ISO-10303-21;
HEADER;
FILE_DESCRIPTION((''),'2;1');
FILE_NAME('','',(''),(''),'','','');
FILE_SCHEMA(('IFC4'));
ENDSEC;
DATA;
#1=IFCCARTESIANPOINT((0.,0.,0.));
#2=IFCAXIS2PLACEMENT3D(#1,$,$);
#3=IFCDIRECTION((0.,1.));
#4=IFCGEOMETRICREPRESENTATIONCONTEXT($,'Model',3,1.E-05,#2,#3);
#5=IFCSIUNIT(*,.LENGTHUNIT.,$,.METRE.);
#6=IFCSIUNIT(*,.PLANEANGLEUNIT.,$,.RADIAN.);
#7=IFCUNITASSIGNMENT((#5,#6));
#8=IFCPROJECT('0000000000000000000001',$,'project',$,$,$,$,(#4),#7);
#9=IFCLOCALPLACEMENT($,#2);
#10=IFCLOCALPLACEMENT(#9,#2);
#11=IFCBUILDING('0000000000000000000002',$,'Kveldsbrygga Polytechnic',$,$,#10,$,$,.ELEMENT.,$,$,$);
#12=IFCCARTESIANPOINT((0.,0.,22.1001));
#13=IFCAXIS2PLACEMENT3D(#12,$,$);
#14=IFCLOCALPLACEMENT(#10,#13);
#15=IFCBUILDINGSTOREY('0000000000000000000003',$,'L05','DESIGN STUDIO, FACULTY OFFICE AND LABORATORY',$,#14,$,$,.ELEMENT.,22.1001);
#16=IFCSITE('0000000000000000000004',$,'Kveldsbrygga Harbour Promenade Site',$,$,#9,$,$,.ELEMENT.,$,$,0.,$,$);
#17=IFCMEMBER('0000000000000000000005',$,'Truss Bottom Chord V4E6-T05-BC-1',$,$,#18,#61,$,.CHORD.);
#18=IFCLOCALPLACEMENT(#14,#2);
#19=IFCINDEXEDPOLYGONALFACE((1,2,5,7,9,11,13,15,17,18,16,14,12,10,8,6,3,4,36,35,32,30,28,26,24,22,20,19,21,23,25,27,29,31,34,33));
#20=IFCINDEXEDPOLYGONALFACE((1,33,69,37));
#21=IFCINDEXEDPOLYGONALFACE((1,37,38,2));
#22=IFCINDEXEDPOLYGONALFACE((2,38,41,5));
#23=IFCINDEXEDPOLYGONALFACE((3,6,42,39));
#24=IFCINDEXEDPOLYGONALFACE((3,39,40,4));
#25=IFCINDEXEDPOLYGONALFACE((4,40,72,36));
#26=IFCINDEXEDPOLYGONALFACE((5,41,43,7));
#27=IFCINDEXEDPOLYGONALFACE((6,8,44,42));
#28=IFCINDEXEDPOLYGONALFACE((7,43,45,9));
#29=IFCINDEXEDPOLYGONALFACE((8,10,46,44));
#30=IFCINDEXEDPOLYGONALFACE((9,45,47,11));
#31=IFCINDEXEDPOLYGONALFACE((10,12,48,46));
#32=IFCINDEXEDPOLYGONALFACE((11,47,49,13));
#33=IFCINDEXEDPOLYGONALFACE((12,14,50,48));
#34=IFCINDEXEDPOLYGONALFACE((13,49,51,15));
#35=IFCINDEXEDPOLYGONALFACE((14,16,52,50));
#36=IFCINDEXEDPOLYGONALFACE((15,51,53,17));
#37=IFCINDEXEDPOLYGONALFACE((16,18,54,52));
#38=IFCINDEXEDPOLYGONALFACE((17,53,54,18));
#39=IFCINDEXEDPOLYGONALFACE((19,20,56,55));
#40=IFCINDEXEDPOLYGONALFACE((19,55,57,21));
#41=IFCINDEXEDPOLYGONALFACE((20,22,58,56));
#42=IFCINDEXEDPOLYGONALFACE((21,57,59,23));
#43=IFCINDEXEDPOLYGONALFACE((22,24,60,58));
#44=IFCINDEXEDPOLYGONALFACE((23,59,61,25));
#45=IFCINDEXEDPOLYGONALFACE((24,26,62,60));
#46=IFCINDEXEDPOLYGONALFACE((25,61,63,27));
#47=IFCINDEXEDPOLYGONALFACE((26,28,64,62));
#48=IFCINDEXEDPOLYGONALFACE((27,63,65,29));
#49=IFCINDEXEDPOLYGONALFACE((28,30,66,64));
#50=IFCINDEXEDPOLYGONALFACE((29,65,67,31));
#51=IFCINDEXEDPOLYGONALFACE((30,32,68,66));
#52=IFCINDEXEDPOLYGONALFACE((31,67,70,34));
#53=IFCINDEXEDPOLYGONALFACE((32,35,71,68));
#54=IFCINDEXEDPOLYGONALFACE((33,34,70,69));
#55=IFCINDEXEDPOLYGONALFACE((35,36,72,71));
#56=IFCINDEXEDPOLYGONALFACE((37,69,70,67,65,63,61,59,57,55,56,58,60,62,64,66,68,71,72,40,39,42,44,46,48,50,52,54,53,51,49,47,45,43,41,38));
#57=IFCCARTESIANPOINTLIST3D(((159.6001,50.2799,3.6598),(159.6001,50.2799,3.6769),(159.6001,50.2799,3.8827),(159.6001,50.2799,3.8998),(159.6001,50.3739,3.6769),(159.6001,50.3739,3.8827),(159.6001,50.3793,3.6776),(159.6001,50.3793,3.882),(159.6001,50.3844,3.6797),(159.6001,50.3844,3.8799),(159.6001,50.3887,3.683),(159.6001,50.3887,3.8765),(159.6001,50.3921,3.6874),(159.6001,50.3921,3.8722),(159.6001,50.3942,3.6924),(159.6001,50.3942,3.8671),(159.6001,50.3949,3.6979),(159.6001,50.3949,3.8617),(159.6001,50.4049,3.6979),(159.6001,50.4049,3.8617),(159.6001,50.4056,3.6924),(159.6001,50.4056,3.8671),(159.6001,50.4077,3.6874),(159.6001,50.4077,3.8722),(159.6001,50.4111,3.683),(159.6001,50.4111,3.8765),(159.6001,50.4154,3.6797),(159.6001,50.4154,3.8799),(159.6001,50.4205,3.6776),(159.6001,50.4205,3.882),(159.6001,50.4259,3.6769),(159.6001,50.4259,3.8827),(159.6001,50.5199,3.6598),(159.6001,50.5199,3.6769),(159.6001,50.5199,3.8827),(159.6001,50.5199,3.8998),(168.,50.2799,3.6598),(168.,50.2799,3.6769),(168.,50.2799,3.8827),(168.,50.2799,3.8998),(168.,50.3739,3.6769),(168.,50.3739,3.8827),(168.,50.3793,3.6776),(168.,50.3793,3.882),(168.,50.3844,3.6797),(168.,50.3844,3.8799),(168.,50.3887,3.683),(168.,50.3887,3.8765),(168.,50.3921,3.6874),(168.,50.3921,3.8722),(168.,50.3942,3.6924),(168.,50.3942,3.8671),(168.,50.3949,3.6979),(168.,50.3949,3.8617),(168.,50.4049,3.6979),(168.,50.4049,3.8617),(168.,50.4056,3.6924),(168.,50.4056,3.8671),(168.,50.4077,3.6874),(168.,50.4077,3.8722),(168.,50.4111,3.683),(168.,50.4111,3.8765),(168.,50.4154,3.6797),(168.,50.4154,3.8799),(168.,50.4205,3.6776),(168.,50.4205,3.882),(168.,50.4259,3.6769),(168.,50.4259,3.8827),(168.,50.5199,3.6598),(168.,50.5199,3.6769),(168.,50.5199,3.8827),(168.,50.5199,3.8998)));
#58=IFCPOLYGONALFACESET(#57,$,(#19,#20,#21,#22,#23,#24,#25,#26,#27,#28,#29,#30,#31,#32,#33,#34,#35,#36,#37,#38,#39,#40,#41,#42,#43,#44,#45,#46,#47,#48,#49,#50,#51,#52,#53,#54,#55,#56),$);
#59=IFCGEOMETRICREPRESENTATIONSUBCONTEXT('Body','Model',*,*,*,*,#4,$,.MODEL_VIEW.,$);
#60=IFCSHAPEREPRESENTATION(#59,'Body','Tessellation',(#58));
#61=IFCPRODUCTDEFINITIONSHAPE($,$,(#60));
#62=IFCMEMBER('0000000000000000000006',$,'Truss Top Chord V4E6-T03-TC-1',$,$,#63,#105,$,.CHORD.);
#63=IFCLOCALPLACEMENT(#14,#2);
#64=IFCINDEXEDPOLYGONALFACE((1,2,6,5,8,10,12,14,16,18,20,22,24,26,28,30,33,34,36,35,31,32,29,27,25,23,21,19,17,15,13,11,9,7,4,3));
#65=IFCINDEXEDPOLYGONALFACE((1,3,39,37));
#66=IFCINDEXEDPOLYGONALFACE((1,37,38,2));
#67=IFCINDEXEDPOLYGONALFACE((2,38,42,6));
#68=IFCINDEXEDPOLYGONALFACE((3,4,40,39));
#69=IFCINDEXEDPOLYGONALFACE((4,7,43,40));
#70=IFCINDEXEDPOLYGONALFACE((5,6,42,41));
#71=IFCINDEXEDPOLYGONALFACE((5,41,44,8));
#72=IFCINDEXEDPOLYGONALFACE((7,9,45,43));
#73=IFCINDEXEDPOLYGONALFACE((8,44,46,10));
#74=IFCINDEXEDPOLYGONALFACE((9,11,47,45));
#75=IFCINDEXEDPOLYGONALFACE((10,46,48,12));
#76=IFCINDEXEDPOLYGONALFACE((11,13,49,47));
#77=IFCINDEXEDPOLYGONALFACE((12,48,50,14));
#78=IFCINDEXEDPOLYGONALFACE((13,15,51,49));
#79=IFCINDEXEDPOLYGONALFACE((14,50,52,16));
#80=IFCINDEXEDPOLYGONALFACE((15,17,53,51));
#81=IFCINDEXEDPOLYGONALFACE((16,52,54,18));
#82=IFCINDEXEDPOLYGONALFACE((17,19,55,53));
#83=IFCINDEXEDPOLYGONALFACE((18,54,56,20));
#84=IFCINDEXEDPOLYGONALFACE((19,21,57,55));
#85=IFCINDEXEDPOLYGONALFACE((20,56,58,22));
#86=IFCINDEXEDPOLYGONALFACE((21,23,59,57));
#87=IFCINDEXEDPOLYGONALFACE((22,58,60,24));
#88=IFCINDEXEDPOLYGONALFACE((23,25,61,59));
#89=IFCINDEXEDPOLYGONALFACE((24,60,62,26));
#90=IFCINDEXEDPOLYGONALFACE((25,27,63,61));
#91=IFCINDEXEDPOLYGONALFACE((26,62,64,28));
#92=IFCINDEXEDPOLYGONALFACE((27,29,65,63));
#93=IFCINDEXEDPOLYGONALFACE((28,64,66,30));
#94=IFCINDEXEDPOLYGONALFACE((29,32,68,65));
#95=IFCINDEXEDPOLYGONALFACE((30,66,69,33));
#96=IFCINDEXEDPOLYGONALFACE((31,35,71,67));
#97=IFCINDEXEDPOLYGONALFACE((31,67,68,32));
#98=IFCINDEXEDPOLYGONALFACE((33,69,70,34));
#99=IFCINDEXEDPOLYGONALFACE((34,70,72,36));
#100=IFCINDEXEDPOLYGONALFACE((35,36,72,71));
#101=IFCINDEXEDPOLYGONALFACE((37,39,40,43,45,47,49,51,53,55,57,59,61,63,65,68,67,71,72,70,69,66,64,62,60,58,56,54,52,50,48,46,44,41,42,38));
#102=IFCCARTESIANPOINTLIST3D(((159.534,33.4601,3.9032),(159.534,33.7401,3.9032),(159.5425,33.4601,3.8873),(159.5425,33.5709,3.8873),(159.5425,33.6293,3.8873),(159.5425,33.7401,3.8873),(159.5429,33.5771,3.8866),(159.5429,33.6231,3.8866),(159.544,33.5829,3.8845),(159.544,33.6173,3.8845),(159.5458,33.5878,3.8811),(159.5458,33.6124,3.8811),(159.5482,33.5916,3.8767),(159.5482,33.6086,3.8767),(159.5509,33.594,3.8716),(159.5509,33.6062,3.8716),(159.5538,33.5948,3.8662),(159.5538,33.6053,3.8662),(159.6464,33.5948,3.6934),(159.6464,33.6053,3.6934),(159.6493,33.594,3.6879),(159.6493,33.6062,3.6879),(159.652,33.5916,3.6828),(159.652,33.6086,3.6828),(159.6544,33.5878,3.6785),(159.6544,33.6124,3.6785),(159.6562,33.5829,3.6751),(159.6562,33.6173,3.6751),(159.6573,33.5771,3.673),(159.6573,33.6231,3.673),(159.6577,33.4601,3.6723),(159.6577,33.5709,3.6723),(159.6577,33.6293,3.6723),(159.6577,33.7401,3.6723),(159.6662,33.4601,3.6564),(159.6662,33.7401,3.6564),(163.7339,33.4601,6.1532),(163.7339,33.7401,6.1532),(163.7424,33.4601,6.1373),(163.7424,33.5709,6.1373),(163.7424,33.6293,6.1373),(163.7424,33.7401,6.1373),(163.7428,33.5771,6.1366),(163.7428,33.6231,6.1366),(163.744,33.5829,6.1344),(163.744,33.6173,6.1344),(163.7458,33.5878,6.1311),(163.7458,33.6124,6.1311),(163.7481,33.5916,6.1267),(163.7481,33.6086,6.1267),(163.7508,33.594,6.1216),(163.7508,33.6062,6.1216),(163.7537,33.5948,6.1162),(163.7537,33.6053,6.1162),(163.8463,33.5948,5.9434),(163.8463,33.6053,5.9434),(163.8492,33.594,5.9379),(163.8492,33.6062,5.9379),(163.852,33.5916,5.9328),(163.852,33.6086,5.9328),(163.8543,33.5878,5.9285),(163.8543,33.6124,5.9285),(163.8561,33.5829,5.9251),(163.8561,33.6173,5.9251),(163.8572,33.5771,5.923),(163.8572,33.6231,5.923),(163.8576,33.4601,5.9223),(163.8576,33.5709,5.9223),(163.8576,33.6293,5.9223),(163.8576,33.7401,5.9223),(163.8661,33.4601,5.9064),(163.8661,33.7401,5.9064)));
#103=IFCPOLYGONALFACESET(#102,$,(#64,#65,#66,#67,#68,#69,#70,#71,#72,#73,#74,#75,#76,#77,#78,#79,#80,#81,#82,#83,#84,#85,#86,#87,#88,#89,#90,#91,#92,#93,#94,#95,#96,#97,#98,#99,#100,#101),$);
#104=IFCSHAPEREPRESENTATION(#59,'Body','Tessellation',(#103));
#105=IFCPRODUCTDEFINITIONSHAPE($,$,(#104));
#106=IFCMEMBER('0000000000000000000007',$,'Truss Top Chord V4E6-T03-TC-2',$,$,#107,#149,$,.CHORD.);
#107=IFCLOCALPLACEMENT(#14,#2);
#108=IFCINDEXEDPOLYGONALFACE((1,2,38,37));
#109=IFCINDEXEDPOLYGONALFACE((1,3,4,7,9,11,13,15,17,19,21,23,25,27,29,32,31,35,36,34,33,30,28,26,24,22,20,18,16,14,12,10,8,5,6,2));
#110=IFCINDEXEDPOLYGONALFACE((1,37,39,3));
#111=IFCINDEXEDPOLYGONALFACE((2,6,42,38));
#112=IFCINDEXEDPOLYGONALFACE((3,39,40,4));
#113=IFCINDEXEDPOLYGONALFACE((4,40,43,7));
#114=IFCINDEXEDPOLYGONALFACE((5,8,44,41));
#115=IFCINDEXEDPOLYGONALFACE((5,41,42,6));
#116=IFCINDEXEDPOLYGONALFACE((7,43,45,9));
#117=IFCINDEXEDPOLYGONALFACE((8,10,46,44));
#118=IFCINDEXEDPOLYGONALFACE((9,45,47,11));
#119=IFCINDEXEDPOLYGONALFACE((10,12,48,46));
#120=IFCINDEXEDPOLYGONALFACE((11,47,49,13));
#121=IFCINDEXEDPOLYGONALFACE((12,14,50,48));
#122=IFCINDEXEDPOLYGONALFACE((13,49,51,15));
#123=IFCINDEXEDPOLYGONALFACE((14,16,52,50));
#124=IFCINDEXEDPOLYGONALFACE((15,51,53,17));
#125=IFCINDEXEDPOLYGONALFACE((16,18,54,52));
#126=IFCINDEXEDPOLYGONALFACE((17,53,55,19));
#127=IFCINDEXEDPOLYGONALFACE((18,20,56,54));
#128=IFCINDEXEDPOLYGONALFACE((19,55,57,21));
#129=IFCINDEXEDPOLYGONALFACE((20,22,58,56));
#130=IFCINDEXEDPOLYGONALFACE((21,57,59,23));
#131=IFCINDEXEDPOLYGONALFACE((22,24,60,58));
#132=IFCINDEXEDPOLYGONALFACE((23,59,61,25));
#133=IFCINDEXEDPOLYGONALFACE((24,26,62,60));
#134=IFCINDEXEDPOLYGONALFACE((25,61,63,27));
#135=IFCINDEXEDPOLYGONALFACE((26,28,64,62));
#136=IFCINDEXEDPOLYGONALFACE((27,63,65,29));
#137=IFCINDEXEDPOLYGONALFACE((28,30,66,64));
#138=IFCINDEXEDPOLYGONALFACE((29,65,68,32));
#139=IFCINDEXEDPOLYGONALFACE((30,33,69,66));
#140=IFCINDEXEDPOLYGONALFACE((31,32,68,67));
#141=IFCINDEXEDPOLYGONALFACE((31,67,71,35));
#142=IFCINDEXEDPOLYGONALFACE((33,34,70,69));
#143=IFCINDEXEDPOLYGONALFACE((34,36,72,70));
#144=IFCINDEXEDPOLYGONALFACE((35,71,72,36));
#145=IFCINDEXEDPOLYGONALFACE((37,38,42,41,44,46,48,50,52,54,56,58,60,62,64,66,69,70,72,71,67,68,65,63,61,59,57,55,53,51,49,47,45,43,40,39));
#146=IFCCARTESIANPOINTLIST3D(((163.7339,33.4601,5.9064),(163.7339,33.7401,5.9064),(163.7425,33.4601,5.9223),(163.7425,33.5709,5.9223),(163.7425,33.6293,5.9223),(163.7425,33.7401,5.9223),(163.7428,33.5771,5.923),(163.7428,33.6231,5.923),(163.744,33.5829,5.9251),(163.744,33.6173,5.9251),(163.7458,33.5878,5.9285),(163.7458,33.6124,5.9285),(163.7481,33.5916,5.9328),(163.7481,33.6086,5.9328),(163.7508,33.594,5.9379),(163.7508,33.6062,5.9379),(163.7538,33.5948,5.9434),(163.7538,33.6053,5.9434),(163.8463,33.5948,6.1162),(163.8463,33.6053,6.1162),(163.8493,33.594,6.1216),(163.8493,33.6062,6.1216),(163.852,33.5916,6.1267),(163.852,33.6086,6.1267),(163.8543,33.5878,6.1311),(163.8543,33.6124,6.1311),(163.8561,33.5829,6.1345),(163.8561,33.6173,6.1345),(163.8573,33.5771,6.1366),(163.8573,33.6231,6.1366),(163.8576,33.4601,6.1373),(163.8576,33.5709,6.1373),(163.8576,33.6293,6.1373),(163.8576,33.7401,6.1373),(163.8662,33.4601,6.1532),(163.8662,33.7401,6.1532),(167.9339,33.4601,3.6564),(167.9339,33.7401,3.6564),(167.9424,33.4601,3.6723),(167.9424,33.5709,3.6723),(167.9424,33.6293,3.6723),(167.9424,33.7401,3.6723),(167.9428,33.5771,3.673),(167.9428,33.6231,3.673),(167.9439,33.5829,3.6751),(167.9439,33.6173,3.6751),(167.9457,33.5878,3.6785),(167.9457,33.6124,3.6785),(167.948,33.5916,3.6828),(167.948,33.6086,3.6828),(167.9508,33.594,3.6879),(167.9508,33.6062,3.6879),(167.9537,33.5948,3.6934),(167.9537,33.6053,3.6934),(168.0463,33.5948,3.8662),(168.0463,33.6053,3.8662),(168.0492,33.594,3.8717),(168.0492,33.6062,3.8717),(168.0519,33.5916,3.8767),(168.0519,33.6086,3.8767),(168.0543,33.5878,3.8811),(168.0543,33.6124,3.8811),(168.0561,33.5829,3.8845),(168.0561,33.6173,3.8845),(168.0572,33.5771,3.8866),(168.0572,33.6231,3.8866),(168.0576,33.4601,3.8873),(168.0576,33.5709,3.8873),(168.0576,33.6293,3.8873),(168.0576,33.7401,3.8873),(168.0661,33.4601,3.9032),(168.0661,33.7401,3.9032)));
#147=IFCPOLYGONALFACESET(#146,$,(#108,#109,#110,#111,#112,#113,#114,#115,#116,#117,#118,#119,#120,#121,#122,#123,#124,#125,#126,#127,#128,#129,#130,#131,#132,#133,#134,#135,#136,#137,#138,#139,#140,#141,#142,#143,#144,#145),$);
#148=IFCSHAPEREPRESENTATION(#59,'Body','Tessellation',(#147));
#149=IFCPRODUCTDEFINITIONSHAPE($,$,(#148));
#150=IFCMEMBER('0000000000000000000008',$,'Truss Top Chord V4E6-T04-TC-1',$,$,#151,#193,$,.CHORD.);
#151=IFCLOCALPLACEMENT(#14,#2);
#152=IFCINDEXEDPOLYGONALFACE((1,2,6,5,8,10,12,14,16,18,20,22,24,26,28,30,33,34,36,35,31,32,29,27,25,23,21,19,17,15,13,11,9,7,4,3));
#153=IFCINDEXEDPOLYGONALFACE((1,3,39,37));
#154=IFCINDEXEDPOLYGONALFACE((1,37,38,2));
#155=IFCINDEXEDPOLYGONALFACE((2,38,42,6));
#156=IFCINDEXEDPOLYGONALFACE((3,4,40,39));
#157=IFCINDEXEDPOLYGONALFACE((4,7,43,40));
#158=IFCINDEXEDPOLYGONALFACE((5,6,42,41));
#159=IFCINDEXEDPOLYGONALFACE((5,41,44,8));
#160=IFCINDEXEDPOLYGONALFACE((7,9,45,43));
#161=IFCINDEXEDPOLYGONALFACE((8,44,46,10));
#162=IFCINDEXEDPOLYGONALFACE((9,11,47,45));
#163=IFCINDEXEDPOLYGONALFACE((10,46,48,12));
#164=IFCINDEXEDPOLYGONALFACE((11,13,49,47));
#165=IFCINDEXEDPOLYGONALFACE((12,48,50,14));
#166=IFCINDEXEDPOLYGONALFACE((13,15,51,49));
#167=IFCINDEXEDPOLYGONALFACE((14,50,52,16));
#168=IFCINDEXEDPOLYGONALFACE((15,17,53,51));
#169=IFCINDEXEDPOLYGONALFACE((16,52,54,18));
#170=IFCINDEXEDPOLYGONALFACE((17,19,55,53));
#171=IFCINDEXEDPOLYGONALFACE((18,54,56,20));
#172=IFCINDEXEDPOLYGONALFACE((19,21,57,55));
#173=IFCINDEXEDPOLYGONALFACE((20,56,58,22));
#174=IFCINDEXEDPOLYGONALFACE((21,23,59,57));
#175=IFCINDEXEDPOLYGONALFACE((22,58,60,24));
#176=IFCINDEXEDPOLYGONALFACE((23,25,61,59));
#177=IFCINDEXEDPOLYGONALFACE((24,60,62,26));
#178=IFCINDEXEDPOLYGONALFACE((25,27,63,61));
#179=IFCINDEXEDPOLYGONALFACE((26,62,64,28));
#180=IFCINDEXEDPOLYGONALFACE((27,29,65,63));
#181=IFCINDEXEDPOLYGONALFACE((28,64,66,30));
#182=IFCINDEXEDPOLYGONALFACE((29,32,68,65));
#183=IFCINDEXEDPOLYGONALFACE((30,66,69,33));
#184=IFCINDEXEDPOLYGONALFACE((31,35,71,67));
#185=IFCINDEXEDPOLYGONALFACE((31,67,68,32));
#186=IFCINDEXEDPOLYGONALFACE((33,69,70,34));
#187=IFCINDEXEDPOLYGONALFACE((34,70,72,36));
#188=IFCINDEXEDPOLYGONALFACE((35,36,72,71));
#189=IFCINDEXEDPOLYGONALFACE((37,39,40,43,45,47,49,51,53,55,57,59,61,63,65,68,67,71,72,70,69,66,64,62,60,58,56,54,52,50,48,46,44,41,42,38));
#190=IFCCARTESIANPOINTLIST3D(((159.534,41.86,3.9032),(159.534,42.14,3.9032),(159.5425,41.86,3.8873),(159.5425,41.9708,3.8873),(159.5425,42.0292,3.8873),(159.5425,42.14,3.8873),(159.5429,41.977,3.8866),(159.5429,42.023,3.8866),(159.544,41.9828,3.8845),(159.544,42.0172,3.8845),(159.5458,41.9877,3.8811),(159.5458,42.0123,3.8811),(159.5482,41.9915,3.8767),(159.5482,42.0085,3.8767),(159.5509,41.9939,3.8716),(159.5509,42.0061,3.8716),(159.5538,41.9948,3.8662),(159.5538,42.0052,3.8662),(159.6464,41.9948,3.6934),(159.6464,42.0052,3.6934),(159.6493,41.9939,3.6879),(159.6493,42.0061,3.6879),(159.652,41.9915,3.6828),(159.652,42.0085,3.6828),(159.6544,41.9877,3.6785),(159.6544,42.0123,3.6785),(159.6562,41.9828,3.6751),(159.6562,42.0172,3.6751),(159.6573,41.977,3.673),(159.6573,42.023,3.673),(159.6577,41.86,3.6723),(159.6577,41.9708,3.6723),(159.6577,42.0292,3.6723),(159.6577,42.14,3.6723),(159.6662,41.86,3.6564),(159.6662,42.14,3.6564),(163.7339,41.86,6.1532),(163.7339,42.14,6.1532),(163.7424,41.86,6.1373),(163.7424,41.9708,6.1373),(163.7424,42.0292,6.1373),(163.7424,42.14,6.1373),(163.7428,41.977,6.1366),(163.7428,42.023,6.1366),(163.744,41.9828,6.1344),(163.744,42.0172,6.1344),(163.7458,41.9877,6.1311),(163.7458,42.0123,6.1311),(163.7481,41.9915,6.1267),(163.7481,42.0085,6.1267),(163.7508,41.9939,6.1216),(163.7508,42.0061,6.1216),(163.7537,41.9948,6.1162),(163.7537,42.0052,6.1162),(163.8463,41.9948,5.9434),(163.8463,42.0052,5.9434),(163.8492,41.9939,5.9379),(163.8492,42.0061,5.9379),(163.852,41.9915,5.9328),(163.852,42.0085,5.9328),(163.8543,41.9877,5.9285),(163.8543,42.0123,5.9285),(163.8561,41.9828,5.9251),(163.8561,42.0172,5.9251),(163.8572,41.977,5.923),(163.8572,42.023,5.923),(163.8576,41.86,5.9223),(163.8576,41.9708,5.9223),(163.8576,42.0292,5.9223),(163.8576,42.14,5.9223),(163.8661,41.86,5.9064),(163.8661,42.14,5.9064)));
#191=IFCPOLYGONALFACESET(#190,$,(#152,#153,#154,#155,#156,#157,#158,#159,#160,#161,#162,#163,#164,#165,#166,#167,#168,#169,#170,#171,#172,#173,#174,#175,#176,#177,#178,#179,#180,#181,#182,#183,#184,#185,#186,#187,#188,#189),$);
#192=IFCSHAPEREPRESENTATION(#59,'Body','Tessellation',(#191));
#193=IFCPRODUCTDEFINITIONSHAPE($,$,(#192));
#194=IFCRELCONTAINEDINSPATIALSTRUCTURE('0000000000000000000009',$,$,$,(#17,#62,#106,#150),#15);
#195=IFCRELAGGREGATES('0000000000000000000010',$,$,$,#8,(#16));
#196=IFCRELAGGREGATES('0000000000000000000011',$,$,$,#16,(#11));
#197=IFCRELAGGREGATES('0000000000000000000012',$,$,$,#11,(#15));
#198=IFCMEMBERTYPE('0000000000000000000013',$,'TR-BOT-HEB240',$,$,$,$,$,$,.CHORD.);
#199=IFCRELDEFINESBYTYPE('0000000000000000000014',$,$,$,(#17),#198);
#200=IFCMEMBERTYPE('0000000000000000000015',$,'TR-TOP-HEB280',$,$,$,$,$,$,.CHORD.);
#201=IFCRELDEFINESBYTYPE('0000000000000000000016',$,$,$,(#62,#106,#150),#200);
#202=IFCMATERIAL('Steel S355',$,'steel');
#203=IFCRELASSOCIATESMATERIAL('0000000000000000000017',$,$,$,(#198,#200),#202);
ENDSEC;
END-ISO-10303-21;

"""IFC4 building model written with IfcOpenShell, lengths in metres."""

from ifc_helpers import new_model, si_unit, direction, frame, origin, origin_2d, place, context, subcontext, project, spatial, i_section, extrude, material, material_profile, profile_set, type_object, element, save


model = new_model("IFC4")

# Units and contexts
model_context = context("Model", 3, precision=1e-05, world=origin(), true_north=direction((0.0, 1.0)))
body_context = subcontext(model_context, "Body", "Model", "MODEL_VIEW")
ifc_project = project(units=[si_unit("LENGTHUNIT", "METRE"), si_unit("PLANEANGLEUNIT", "RADIAN")], contexts=[model_context])

# Site, building, storey
site_placement = place(None, origin())
site = spatial("IfcSite", under=ifc_project, at=site_placement, Name="Kveldsbrygga Harbour Promenade Site", CompositionType="ELEMENT", RefElevation=0.0)
building_placement = place(site_placement, origin())
building = spatial("IfcBuilding", under=site, at=building_placement, Name="Kveldsbrygga Polytechnic", CompositionType="ELEMENT")
storey_placement = place(building_placement, frame((0.0, 0.0, 22.1001)))
storey = spatial("IfcBuildingStorey", under=building, at=storey_placement, Name="L05", Description="DESIGN STUDIO, FACULTY OFFICE AND LABORATORY", CompositionType="ELEMENT", Elevation=22.1001)

# Members
ifc_material_1 = material(Name="Steel S355", Category="steel")
ifc_material_profile_1 = material_profile(ifc_material_1, i_section(OverallWidth=0.24, OverallDepth=0.24, WebThickness=0.01, FlangeThickness=0.0171, FilletRadius=0.021, at=origin_2d()), Name="HEB 240")
ifc_profile_set_1 = profile_set([ifc_material_profile_1], Name="Steel S355")
member_type_1 = type_object("IfcMemberType", Name="TR-BOT-HEB240", PredefinedType="CHORD", material=ifc_profile_set_1)
for number, where, z_axis, x_axis, name in (
    (1, (159.6001, 50.3999, 3.7798), (1.0, 0.0, 0.0), (0.0, 1.0, 0.0), "Truss Bottom Chord V4E6-T05-BC-1"),
):
    element("IfcMember", number, at=place(storey_placement, frame(where, z_axis=z_axis, x_axis=x_axis)), inside=storey, type_object=member_type_1, Name=name, PredefinedType="CHORD", context=body_context, shape_type="SweptSolid", body=[
        extrude(i_section(OverallWidth=0.24, OverallDepth=0.24, WebThickness=0.01, FlangeThickness=0.0171, FilletRadius=0.021, at=origin_2d()), origin(), (0.0, 0.0, 1.0), 8.3999),
    ])
ifc_material_profile_2 = material_profile(ifc_material_1, i_section(OverallWidth=0.28, OverallDepth=0.28, WebThickness=0.0105, FlangeThickness=0.0181, FilletRadius=0.0239, at=origin_2d()), Name="HEB 280")
ifc_profile_set_2 = profile_set([ifc_material_profile_2], Name="Steel S355")
member_type_2 = type_object("IfcMemberType", Name="TR-TOP-HEB280", PredefinedType="CHORD", material=ifc_profile_set_2)
for number, where, z_axis, x_axis, name in (
    (2, (159.6001, 33.6001, 3.7798), (0.881478, 0.0, 0.472226), (0.0, 1.0, 0.0), "Truss Top Chord V4E6-T03-TC-1"),
    (3, (163.8, 33.6001, 6.0298), (0.881478, 0.0, -0.472226), (0.0, 1.0, 0.0), "Truss Top Chord V4E6-T03-TC-2"),
    (4, (159.6001, 42.0, 3.7798), (0.881478, 0.0, 0.472226), (0.0, 1.0, 0.0), "Truss Top Chord V4E6-T04-TC-1"),
):
    element("IfcMember", number, at=place(storey_placement, frame(where, z_axis=z_axis, x_axis=x_axis)), inside=storey, type_object=member_type_2, Name=name, PredefinedType="CHORD", context=body_context, shape_type="SweptSolid", body=[
        extrude(i_section(OverallWidth=0.28, OverallDepth=0.28, WebThickness=0.0105, FlangeThickness=0.0181, FilletRadius=0.0239, at=origin_2d()), origin(), (0.0, 0.0, 1.0), 4.7646),
    ])

save(model, "model.ifc")
